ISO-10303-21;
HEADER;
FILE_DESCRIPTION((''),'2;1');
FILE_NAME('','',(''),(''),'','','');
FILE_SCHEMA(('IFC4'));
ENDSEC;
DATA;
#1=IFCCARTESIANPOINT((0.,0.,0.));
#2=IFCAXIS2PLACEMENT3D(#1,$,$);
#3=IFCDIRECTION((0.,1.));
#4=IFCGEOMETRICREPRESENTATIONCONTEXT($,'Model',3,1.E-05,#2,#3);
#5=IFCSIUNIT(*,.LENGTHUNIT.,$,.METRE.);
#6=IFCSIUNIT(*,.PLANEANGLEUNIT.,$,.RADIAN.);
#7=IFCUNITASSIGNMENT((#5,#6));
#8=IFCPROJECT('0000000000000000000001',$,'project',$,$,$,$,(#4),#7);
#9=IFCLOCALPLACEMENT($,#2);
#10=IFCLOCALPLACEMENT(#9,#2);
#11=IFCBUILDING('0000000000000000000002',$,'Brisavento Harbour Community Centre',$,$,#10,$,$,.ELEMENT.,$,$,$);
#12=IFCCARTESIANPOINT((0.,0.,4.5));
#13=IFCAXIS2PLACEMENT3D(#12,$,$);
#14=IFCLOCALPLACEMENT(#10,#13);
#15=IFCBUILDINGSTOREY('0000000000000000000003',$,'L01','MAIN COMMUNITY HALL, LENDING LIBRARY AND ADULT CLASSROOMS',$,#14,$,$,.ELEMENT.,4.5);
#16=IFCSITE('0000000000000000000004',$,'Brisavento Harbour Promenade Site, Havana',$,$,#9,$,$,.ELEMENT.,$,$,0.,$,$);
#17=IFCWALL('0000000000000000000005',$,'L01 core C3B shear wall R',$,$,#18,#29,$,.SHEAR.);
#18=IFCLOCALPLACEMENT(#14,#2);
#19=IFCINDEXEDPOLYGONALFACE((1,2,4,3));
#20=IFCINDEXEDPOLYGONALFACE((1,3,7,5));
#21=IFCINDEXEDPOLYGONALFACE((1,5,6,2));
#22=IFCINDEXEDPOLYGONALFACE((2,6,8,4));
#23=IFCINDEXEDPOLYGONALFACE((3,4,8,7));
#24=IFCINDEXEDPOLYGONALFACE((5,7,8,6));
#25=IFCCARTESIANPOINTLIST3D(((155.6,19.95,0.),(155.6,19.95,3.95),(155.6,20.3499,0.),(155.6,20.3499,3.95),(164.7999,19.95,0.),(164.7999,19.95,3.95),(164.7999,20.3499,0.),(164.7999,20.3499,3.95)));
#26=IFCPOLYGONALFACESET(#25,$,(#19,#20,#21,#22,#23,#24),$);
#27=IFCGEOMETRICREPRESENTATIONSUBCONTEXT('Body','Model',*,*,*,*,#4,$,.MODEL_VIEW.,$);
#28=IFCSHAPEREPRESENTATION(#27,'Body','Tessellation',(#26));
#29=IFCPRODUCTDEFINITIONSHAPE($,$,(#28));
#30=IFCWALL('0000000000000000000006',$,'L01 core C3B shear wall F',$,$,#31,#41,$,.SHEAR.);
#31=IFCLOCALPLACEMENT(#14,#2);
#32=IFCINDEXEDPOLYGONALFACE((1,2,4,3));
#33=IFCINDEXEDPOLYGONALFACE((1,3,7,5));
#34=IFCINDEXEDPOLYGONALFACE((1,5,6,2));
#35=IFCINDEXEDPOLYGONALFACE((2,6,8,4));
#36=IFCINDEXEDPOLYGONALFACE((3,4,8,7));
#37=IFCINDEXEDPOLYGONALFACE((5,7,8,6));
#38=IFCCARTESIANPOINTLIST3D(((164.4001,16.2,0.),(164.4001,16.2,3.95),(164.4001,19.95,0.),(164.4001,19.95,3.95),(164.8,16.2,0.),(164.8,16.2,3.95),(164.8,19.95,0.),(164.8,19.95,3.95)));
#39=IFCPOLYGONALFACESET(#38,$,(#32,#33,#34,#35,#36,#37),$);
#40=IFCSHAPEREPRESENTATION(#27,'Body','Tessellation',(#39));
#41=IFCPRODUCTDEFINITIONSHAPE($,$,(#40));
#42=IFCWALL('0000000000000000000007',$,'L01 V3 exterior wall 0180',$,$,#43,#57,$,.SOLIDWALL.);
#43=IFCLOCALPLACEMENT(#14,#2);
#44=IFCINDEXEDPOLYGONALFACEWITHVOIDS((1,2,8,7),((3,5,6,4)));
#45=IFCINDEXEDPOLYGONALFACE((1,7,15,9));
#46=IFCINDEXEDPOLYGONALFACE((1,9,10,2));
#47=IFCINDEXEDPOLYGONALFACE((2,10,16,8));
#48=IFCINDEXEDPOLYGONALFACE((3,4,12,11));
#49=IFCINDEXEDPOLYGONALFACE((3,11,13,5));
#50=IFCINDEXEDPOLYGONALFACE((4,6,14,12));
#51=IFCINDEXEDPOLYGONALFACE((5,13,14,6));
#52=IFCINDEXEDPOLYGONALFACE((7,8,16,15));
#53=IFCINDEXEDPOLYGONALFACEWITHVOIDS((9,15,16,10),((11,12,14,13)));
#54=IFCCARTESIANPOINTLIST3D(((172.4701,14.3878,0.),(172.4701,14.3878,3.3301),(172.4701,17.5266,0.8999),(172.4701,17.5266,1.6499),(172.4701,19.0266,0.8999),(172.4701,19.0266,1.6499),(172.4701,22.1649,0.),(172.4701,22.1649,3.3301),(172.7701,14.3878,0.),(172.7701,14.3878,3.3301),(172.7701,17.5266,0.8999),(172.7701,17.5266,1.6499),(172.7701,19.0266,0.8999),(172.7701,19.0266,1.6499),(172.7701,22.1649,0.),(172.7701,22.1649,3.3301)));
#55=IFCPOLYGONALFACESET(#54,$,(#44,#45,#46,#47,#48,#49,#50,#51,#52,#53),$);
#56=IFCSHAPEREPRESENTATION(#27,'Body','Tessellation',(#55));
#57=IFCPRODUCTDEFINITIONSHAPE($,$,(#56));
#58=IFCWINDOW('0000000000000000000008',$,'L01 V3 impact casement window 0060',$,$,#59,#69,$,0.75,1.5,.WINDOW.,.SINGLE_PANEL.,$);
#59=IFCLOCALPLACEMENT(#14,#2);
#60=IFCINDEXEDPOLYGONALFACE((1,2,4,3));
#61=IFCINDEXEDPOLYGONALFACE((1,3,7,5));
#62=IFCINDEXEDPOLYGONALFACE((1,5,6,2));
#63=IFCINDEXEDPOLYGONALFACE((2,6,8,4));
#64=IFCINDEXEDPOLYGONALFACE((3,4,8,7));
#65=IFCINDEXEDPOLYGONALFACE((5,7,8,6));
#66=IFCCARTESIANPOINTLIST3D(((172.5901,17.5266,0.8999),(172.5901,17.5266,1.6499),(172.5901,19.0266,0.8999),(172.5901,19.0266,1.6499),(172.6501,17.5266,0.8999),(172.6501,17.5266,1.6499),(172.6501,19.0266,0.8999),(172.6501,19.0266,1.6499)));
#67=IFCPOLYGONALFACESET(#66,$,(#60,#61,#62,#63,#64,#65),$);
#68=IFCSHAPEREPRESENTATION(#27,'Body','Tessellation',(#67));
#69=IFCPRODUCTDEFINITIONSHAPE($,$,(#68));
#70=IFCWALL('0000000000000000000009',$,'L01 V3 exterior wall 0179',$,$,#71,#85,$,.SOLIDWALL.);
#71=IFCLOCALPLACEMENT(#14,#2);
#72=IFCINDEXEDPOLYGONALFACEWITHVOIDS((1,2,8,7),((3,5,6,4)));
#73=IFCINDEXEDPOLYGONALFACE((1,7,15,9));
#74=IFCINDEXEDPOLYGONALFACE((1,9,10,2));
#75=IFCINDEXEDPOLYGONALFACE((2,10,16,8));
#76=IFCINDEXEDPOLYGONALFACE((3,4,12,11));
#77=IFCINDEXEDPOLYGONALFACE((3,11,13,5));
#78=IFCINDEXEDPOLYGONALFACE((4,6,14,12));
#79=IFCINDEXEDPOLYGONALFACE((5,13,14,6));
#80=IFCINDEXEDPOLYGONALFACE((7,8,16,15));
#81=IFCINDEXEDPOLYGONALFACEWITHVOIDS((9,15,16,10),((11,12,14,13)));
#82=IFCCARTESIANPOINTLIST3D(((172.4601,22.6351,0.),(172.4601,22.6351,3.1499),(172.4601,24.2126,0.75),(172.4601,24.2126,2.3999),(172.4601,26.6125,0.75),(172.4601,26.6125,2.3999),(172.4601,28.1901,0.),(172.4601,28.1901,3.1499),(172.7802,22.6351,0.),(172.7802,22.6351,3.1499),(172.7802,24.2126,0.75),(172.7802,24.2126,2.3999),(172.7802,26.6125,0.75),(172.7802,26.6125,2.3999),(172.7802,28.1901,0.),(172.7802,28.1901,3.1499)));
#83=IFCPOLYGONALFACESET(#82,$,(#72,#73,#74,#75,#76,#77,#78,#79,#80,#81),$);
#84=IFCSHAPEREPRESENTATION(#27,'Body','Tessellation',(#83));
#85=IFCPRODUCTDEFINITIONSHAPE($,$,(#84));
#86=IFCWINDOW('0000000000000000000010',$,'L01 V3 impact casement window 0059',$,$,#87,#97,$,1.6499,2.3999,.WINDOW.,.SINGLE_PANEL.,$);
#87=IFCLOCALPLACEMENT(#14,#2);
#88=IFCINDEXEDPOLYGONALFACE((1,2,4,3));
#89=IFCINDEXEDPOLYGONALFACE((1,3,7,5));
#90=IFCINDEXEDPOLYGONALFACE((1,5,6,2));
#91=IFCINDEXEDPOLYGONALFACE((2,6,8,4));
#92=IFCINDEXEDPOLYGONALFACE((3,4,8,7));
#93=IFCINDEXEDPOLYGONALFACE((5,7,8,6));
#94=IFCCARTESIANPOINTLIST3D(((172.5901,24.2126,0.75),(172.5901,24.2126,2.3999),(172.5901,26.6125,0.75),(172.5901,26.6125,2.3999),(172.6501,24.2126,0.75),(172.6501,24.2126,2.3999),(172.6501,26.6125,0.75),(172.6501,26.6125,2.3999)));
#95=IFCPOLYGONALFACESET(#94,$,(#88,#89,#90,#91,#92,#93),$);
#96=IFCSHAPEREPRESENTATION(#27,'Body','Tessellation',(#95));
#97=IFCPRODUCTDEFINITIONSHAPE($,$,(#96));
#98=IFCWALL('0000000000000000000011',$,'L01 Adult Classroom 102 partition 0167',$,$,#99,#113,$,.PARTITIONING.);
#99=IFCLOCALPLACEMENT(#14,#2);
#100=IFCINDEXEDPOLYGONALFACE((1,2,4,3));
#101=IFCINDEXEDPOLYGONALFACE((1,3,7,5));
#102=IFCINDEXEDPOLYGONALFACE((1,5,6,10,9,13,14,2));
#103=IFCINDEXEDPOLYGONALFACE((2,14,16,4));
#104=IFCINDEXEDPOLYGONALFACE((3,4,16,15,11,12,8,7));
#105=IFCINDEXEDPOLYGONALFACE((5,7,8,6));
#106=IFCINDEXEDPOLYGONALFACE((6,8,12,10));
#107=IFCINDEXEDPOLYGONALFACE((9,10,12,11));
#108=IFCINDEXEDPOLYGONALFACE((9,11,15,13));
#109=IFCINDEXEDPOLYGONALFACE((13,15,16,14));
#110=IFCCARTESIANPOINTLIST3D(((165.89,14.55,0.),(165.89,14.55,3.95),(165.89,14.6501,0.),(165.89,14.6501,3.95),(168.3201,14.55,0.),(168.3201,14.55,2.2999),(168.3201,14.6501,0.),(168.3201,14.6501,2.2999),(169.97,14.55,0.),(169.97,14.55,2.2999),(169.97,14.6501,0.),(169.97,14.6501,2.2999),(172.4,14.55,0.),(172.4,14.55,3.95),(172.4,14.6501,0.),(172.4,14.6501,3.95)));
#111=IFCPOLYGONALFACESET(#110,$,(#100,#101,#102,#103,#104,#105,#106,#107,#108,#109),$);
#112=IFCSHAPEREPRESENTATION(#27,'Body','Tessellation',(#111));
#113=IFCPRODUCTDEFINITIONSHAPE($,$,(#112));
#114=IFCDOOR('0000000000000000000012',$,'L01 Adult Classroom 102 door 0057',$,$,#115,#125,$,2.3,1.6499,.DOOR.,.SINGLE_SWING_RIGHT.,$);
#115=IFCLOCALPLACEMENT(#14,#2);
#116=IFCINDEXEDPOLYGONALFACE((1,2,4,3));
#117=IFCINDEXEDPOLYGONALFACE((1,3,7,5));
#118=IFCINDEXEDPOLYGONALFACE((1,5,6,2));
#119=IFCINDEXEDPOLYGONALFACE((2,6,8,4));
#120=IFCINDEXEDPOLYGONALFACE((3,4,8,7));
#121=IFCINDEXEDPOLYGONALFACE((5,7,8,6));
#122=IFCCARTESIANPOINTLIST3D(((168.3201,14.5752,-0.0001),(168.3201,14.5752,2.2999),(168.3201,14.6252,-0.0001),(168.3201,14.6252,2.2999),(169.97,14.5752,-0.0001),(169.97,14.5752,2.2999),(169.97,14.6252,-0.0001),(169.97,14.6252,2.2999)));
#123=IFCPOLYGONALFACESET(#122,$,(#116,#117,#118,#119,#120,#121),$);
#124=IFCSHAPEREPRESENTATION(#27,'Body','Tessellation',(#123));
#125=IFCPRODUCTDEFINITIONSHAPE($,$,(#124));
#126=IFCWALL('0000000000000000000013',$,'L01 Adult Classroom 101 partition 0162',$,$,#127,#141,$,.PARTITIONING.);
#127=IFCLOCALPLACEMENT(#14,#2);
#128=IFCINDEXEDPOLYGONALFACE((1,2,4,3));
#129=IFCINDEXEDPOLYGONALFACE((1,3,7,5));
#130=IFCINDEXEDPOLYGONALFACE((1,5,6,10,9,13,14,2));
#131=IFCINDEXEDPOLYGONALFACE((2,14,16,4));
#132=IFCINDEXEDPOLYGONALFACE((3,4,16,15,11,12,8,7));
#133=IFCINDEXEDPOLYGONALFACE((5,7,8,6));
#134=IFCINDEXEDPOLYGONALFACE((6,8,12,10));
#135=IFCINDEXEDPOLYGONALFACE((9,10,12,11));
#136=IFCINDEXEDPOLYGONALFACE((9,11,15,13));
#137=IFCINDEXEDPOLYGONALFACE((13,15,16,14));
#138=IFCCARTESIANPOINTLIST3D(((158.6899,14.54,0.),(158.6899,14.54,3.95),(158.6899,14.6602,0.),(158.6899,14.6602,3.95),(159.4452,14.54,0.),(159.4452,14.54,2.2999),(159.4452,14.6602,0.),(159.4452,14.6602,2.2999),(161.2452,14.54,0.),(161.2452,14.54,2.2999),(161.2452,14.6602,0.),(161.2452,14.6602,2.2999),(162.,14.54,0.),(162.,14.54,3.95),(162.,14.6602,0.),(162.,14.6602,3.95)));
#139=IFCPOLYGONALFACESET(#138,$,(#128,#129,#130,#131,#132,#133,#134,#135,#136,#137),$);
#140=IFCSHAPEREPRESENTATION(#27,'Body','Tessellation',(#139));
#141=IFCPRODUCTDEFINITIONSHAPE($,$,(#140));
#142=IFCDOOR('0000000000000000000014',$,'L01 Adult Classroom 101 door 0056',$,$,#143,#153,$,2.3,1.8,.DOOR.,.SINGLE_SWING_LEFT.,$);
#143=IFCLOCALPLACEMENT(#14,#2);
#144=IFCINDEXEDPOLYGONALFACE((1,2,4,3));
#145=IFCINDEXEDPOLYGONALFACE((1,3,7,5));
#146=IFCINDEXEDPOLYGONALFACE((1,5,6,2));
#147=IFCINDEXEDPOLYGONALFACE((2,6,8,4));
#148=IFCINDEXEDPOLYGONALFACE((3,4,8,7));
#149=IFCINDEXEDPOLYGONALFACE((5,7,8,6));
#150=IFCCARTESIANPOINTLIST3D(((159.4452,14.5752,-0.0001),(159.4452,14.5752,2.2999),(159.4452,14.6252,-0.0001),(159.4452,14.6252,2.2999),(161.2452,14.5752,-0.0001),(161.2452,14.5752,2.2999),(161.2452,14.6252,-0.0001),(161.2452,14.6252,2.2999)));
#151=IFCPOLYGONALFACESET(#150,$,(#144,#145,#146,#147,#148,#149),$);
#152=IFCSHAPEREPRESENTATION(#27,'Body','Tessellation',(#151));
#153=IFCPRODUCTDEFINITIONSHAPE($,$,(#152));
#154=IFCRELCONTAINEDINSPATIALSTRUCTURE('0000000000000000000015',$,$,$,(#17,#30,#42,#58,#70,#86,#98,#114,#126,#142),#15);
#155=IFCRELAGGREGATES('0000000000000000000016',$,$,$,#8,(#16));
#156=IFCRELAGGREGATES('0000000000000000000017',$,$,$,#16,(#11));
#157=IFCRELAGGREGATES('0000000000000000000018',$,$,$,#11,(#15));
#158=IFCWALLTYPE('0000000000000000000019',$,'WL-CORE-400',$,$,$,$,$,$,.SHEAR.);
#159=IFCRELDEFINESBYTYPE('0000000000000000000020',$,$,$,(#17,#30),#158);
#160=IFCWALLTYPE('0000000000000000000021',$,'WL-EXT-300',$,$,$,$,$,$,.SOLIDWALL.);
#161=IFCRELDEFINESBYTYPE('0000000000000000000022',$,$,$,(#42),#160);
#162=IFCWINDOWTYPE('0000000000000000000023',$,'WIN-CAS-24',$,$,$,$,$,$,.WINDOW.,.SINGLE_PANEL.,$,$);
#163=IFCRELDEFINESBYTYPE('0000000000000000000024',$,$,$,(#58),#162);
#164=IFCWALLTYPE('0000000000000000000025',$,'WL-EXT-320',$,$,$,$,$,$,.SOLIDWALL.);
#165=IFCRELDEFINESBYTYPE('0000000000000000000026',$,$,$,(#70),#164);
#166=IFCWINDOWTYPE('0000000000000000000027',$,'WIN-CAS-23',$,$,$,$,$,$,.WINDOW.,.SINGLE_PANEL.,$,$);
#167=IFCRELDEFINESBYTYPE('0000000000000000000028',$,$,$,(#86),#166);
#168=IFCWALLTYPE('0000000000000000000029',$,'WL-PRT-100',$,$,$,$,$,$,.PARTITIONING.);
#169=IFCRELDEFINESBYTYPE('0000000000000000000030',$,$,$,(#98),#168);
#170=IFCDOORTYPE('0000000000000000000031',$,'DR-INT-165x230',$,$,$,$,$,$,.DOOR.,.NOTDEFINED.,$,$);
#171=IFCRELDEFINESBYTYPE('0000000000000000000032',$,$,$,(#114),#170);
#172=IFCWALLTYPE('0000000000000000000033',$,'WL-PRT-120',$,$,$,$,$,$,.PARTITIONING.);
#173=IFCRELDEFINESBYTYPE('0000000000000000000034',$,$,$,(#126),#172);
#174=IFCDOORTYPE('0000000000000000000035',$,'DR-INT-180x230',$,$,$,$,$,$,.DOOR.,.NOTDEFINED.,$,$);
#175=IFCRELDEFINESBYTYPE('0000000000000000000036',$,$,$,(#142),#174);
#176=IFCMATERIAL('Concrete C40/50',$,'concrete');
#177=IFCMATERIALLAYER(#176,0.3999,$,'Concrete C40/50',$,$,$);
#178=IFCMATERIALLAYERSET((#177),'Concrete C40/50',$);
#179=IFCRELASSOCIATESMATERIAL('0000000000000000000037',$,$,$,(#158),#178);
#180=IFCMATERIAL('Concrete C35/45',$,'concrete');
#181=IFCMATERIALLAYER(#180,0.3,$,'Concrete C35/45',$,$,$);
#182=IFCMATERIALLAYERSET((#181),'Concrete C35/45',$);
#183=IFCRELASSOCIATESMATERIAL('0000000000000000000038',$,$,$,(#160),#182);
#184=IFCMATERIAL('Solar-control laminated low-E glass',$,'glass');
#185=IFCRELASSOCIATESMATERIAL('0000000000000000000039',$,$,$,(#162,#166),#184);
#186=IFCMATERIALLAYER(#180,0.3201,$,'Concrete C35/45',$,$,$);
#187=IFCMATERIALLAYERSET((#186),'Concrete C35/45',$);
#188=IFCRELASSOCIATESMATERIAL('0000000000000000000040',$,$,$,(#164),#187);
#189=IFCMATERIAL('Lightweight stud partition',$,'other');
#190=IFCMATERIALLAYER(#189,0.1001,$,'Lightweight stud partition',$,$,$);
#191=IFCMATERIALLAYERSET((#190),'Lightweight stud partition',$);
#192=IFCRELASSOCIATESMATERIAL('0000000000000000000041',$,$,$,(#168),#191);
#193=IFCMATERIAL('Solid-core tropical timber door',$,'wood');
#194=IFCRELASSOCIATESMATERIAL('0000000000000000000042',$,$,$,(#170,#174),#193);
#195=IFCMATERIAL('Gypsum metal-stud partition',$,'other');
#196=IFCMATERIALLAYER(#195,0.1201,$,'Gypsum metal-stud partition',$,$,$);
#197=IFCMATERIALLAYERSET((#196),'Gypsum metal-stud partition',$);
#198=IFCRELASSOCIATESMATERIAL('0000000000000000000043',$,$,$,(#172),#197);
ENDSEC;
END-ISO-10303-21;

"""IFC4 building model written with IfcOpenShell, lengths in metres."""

from ifc_helpers import new_model, si_unit, direction, frame, frame_2d, origin, place, context, subcontext, project, spatial, rectangle, extrude, material, layer, layer_set, type_object, element, fill, save


model = new_model("IFC4")

# Units and contexts
model_context = context("Model", 3, precision=1e-05, world=origin(), true_north=direction((0.0, 1.0)))
body_context = subcontext(model_context, "Body", "Model", "MODEL_VIEW")
ifc_project = project(units=[si_unit("LENGTHUNIT", "METRE"), si_unit("PLANEANGLEUNIT", "RADIAN")], contexts=[model_context])

# Site, building, storey
site_placement = place(None, origin())
site = spatial("IfcSite", under=ifc_project, at=site_placement, Name="Brisavento Harbour Promenade Site, Havana", CompositionType="ELEMENT", RefElevation=0.0)
building_placement = place(site_placement, origin())
building = spatial("IfcBuilding", under=site, at=building_placement, Name="Brisavento Harbour Community Centre", CompositionType="ELEMENT")
storey_placement = place(building_placement, frame((0.0, 0.0, 4.5)))
storey = spatial("IfcBuildingStorey", under=building, at=storey_placement, Name="L01", Description="MAIN COMMUNITY HALL, LENDING LIBRARY AND ADULT CLASSROOMS", CompositionType="ELEMENT", Elevation=4.5)

# Shared definitions
ifc_material_1 = material(Name="Concrete C35/45", Category="concrete")

# Walls
ifc_material_2 = material(Name="Concrete C40/50", Category="concrete")
ifc_layer_1 = layer(ifc_material_2, 0.3999, Name="Concrete C40/50")
ifc_layer_set_1 = layer_set([ifc_layer_1], Name="Concrete C40/50")
wall_type_1 = type_object("IfcWallType", Name="WL-CORE-400", PredefinedType="SHEAR", material=ifc_layer_set_1)
wall_1_placement = place(storey_placement, frame((164.8, 20.1499, 0.0), z_axis=(0.0, 0.0, 1.0), x_axis=(-1.0, 0.0, 0.0)))
element("IfcWall", 1, at=wall_1_placement, inside=storey, type_object=wall_type_1, Name="L01 core C3B shear wall R", PredefinedType="SHEAR", context=body_context, shape_type="SweptSolid", body=[
    extrude(rectangle(XDim=9.2, YDim=0.3999, at=frame_2d((4.6001, 0.0))), origin(), (0.0, 0.0, 1.0), 3.95),
])
wall_2_placement = place(storey_placement, frame((164.6001, 16.2, 0.0), z_axis=(0.0, 0.0, 1.0), x_axis=(0.0, 1.0, 0.0)))
element("IfcWall", 2, at=wall_2_placement, inside=storey, type_object=wall_type_1, Name="L01 core C3B shear wall F", PredefinedType="SHEAR", context=body_context, shape_type="SweptSolid", body=[
    extrude(rectangle(XDim=3.75, YDim=0.3999, at=frame_2d((1.875, 0.0))), origin(), (0.0, 0.0, 1.0), 3.95),
])

# Walls, openings, windows
ifc_layer_2 = layer(ifc_material_1, 0.3, Name="Concrete C35/45")
ifc_layer_set_2 = layer_set([ifc_layer_2], Name="Concrete C35/45")
wall_type_2 = type_object("IfcWallType", Name="WL-EXT-300", PredefinedType="SOLIDWALL", material=ifc_layer_set_2)
wall_3_placement = place(storey_placement, frame((172.6201, 22.165, 0.0), z_axis=(0.0, 0.0, 1.0), x_axis=(0.0, -1.0, 0.0)))
wall_3 = element("IfcWall", 3, at=wall_3_placement, inside=storey, type_object=wall_type_2, Name="L01 V3 exterior wall 0180", PredefinedType="SOLIDWALL", context=body_context, shape_type="SweptSolid", body=[
    extrude(rectangle(XDim=7.7771, YDim=0.3, at=frame_2d((3.8887, 0.0))), origin(), (0.0, 0.0, 1.0), 3.3301),
])
opening_1_placement = place(wall_3_placement, frame((3.1384, 0.0, 0.8999)))
opening_1 = element("IfcOpeningElement", 4, at=opening_1_placement, cuts=wall_3, PredefinedType="OPENING", context=body_context, shape_type="SweptSolid", body=[
    extrude(rectangle(XDim=1.5, YDim=0.75, at=frame_2d((0.75, 0.375))), frame((0.0, 0.1602, 0.0), z_axis=(0.0, -1.0, 0.0), x_axis=(1.0, 0.0, 0.0)), (0.0, 0.0, 1.0), 0.3201),
])
ifc_material_3 = material(Name="Solar-control laminated low-E glass", Category="glass")
window_type_1 = type_object("IfcWindowType", Name="WIN-CAS-24", PartitioningType="SINGLE_PANEL", PredefinedType="WINDOW", material=ifc_material_3)
window_1_placement = place(opening_1_placement, origin())
window_1 = element("IfcWindow", 5, at=window_1_placement, inside=storey, type_object=window_type_1, Name="L01 V3 impact casement window 0060", OverallHeight=0.75, OverallWidth=1.5, PartitioningType="SINGLE_PANEL", PredefinedType="WINDOW", context=body_context, shape_type="SweptSolid", body=[
    extrude(rectangle(XDim=1.5, YDim=0.75, at=frame_2d((0.75, 0.375))), frame((0.0, 0.03, 0.0), z_axis=(0.0, -1.0, 0.0), x_axis=(1.0, 0.0, 0.0)), (0.0, 0.0, 1.0), 0.0601),
])
fill(opening_1, window_1)
ifc_layer_3 = layer(ifc_material_1, 0.3201, Name="Concrete C35/45")
ifc_layer_set_3 = layer_set([ifc_layer_3], Name="Concrete C35/45")
wall_type_3 = type_object("IfcWallType", Name="WL-EXT-320", PredefinedType="SOLIDWALL", material=ifc_layer_set_3)
wall_4_placement = place(storey_placement, frame((172.6201, 28.1899, 0.0), z_axis=(0.0, 0.0, 1.0), x_axis=(0.0, -1.0, 0.0)))
wall_4 = element("IfcWall", 6, at=wall_4_placement, inside=storey, type_object=wall_type_3, Name="L01 V3 exterior wall 0179", PredefinedType="SOLIDWALL", context=body_context, shape_type="SweptSolid", body=[
    extrude(rectangle(XDim=5.5549, YDim=0.3201, at=frame_2d((2.7773, 0.0))), origin(), (0.0, 0.0, 1.0), 3.1499),
])
opening_2_placement = place(wall_4_placement, frame((1.5774, 0.0, 0.75)))
opening_2 = element("IfcOpeningElement", 7, at=opening_2_placement, cuts=wall_4, PredefinedType="OPENING", context=body_context, shape_type="SweptSolid", body=[
    extrude(rectangle(XDim=2.3999, YDim=1.6499, at=frame_2d((1.2, 0.825))), frame((0.0, 0.1699, 0.0), z_axis=(0.0, -1.0, 0.0), x_axis=(1.0, 0.0, 0.0)), (0.0, 0.0, 1.0), 0.3401),
])
window_type_2 = type_object("IfcWindowType", Name="WIN-CAS-23", PartitioningType="SINGLE_PANEL", PredefinedType="WINDOW", material=ifc_material_3)
window_2_placement = place(opening_2_placement, origin())
window_2 = element("IfcWindow", 8, at=window_2_placement, inside=storey, type_object=window_type_2, Name="L01 V3 impact casement window 0059", OverallHeight=1.6499, OverallWidth=2.3999, PartitioningType="SINGLE_PANEL", PredefinedType="WINDOW", context=body_context, shape_type="SweptSolid", body=[
    extrude(rectangle(XDim=2.3999, YDim=1.6499, at=frame_2d((1.2, 0.825))), frame((0.0, 0.03, 0.0), z_axis=(0.0, -1.0, 0.0), x_axis=(1.0, 0.0, 0.0)), (0.0, 0.0, 1.0), 0.0601),
])
fill(opening_2, window_2)

# Walls, openings, doors
ifc_material_4 = material(Name="Lightweight stud partition", Category="other")
ifc_layer_4 = layer(ifc_material_4, 0.1001, Name="Lightweight stud partition")
ifc_layer_set_4 = layer_set([ifc_layer_4], Name="Lightweight stud partition")
wall_type_4 = type_object("IfcWallType", Name="WL-PRT-100", PredefinedType="PARTITIONING", material=ifc_layer_set_4)
wall_5_placement = place(storey_placement, frame((172.3999, 14.6001, 0.0), z_axis=(0.0, 0.0, 1.0), x_axis=(-1.0, 0.0, 0.0)))
wall_5 = element("IfcWall", 9, at=wall_5_placement, inside=storey, type_object=wall_type_4, Name="L01 Adult Classroom 102 partition 0167", PredefinedType="PARTITIONING", context=body_context, shape_type="SweptSolid", body=[
    extrude(rectangle(XDim=6.51, YDim=0.1001, at=frame_2d((3.2549, 0.0))), origin(), (0.0, 0.0, 1.0), 3.95),
])
opening_3_placement = place(wall_5_placement, frame((2.4299, 0.0, 0.0)))
opening_3 = element("IfcOpeningElement", 10, at=opening_3_placement, cuts=wall_5, PredefinedType="OPENING", context=body_context, shape_type="SweptSolid", body=[
    extrude(rectangle(XDim=1.6499, YDim=2.3, at=frame_2d((0.825, 1.1499))), frame((0.0, 0.0601, 0.0), z_axis=(0.0, -1.0, 0.0), x_axis=(1.0, 0.0, 0.0)), (0.0, 0.0, 1.0), 0.1201),
])
ifc_material_5 = material(Name="Solid-core tropical timber door", Category="wood")
door_type_1 = type_object("IfcDoorType", Name="DR-INT-165x230", OperationType="NOTDEFINED", PredefinedType="DOOR", material=ifc_material_5)
door_1_placement = place(opening_3_placement, origin())
door_1 = element("IfcDoor", 11, at=door_1_placement, inside=storey, type_object=door_type_1, Name="L01 Adult Classroom 102 door 0057", OperationType="SINGLE_SWING_RIGHT", OverallHeight=2.3, OverallWidth=1.6499, PredefinedType="DOOR", context=body_context, shape_type="SweptSolid", body=[
    extrude(rectangle(XDim=1.6499, YDim=2.3, at=frame_2d((0.825, 1.1499))), frame((0.0, 0.0249, 0.0), z_axis=(0.0, -1.0, 0.0), x_axis=(1.0, 0.0, 0.0)), (0.0, 0.0, 1.0), 0.05),
])
fill(opening_3, door_1)
ifc_material_6 = material(Name="Gypsum metal-stud partition", Category="other")
ifc_layer_5 = layer(ifc_material_6, 0.1201, Name="Gypsum metal-stud partition")
ifc_layer_set_5 = layer_set([ifc_layer_5], Name="Gypsum metal-stud partition")
wall_type_5 = type_object("IfcWallType", Name="WL-PRT-120", PredefinedType="PARTITIONING", material=ifc_layer_set_5)
wall_6_placement = place(storey_placement, frame((162.0, 14.6001, 0.0), z_axis=(0.0, 0.0, 1.0), x_axis=(-1.0, 0.0, 0.0)))
wall_6 = element("IfcWall", 12, at=wall_6_placement, inside=storey, type_object=wall_type_5, Name="L01 Adult Classroom 101 partition 0162", PredefinedType="PARTITIONING", context=body_context, shape_type="SweptSolid", body=[
    extrude(rectangle(XDim=3.3101, YDim=0.1201, at=frame_2d((1.655, 0.0))), origin(), (0.0, 0.0, 1.0), 3.95),
])
opening_4_placement = place(wall_6_placement, frame((0.7549, 0.0, 0.0)))
opening_4 = element("IfcOpeningElement", 13, at=opening_4_placement, cuts=wall_6, PredefinedType="OPENING", context=body_context, shape_type="SweptSolid", body=[
    extrude(rectangle(XDim=1.8, YDim=2.3, at=frame_2d((0.8999, 1.1499))), frame((0.0, 0.0701, 0.0), z_axis=(0.0, -1.0, 0.0), x_axis=(1.0, 0.0, 0.0)), (0.0, 0.0, 1.0), 0.1401),
])
door_type_2 = type_object("IfcDoorType", Name="DR-INT-180x230", OperationType="NOTDEFINED", PredefinedType="DOOR", material=ifc_material_5)
door_2_placement = place(opening_4_placement, origin())
door_2 = element("IfcDoor", 14, at=door_2_placement, inside=storey, type_object=door_type_2, Name="L01 Adult Classroom 101 door 0056", OperationType="SINGLE_SWING_LEFT", OverallHeight=2.3, OverallWidth=1.8, PredefinedType="DOOR", context=body_context, shape_type="SweptSolid", body=[
    extrude(rectangle(XDim=1.8, YDim=2.3, at=frame_2d((0.8999, 1.1499))), frame((0.0, 0.0249, 0.0), z_axis=(0.0, -1.0, 0.0), x_axis=(1.0, 0.0, 0.0)), (0.0, 0.0, 1.0), 0.05),
])
fill(opening_4, door_2)

save(model, "model.ifc")
